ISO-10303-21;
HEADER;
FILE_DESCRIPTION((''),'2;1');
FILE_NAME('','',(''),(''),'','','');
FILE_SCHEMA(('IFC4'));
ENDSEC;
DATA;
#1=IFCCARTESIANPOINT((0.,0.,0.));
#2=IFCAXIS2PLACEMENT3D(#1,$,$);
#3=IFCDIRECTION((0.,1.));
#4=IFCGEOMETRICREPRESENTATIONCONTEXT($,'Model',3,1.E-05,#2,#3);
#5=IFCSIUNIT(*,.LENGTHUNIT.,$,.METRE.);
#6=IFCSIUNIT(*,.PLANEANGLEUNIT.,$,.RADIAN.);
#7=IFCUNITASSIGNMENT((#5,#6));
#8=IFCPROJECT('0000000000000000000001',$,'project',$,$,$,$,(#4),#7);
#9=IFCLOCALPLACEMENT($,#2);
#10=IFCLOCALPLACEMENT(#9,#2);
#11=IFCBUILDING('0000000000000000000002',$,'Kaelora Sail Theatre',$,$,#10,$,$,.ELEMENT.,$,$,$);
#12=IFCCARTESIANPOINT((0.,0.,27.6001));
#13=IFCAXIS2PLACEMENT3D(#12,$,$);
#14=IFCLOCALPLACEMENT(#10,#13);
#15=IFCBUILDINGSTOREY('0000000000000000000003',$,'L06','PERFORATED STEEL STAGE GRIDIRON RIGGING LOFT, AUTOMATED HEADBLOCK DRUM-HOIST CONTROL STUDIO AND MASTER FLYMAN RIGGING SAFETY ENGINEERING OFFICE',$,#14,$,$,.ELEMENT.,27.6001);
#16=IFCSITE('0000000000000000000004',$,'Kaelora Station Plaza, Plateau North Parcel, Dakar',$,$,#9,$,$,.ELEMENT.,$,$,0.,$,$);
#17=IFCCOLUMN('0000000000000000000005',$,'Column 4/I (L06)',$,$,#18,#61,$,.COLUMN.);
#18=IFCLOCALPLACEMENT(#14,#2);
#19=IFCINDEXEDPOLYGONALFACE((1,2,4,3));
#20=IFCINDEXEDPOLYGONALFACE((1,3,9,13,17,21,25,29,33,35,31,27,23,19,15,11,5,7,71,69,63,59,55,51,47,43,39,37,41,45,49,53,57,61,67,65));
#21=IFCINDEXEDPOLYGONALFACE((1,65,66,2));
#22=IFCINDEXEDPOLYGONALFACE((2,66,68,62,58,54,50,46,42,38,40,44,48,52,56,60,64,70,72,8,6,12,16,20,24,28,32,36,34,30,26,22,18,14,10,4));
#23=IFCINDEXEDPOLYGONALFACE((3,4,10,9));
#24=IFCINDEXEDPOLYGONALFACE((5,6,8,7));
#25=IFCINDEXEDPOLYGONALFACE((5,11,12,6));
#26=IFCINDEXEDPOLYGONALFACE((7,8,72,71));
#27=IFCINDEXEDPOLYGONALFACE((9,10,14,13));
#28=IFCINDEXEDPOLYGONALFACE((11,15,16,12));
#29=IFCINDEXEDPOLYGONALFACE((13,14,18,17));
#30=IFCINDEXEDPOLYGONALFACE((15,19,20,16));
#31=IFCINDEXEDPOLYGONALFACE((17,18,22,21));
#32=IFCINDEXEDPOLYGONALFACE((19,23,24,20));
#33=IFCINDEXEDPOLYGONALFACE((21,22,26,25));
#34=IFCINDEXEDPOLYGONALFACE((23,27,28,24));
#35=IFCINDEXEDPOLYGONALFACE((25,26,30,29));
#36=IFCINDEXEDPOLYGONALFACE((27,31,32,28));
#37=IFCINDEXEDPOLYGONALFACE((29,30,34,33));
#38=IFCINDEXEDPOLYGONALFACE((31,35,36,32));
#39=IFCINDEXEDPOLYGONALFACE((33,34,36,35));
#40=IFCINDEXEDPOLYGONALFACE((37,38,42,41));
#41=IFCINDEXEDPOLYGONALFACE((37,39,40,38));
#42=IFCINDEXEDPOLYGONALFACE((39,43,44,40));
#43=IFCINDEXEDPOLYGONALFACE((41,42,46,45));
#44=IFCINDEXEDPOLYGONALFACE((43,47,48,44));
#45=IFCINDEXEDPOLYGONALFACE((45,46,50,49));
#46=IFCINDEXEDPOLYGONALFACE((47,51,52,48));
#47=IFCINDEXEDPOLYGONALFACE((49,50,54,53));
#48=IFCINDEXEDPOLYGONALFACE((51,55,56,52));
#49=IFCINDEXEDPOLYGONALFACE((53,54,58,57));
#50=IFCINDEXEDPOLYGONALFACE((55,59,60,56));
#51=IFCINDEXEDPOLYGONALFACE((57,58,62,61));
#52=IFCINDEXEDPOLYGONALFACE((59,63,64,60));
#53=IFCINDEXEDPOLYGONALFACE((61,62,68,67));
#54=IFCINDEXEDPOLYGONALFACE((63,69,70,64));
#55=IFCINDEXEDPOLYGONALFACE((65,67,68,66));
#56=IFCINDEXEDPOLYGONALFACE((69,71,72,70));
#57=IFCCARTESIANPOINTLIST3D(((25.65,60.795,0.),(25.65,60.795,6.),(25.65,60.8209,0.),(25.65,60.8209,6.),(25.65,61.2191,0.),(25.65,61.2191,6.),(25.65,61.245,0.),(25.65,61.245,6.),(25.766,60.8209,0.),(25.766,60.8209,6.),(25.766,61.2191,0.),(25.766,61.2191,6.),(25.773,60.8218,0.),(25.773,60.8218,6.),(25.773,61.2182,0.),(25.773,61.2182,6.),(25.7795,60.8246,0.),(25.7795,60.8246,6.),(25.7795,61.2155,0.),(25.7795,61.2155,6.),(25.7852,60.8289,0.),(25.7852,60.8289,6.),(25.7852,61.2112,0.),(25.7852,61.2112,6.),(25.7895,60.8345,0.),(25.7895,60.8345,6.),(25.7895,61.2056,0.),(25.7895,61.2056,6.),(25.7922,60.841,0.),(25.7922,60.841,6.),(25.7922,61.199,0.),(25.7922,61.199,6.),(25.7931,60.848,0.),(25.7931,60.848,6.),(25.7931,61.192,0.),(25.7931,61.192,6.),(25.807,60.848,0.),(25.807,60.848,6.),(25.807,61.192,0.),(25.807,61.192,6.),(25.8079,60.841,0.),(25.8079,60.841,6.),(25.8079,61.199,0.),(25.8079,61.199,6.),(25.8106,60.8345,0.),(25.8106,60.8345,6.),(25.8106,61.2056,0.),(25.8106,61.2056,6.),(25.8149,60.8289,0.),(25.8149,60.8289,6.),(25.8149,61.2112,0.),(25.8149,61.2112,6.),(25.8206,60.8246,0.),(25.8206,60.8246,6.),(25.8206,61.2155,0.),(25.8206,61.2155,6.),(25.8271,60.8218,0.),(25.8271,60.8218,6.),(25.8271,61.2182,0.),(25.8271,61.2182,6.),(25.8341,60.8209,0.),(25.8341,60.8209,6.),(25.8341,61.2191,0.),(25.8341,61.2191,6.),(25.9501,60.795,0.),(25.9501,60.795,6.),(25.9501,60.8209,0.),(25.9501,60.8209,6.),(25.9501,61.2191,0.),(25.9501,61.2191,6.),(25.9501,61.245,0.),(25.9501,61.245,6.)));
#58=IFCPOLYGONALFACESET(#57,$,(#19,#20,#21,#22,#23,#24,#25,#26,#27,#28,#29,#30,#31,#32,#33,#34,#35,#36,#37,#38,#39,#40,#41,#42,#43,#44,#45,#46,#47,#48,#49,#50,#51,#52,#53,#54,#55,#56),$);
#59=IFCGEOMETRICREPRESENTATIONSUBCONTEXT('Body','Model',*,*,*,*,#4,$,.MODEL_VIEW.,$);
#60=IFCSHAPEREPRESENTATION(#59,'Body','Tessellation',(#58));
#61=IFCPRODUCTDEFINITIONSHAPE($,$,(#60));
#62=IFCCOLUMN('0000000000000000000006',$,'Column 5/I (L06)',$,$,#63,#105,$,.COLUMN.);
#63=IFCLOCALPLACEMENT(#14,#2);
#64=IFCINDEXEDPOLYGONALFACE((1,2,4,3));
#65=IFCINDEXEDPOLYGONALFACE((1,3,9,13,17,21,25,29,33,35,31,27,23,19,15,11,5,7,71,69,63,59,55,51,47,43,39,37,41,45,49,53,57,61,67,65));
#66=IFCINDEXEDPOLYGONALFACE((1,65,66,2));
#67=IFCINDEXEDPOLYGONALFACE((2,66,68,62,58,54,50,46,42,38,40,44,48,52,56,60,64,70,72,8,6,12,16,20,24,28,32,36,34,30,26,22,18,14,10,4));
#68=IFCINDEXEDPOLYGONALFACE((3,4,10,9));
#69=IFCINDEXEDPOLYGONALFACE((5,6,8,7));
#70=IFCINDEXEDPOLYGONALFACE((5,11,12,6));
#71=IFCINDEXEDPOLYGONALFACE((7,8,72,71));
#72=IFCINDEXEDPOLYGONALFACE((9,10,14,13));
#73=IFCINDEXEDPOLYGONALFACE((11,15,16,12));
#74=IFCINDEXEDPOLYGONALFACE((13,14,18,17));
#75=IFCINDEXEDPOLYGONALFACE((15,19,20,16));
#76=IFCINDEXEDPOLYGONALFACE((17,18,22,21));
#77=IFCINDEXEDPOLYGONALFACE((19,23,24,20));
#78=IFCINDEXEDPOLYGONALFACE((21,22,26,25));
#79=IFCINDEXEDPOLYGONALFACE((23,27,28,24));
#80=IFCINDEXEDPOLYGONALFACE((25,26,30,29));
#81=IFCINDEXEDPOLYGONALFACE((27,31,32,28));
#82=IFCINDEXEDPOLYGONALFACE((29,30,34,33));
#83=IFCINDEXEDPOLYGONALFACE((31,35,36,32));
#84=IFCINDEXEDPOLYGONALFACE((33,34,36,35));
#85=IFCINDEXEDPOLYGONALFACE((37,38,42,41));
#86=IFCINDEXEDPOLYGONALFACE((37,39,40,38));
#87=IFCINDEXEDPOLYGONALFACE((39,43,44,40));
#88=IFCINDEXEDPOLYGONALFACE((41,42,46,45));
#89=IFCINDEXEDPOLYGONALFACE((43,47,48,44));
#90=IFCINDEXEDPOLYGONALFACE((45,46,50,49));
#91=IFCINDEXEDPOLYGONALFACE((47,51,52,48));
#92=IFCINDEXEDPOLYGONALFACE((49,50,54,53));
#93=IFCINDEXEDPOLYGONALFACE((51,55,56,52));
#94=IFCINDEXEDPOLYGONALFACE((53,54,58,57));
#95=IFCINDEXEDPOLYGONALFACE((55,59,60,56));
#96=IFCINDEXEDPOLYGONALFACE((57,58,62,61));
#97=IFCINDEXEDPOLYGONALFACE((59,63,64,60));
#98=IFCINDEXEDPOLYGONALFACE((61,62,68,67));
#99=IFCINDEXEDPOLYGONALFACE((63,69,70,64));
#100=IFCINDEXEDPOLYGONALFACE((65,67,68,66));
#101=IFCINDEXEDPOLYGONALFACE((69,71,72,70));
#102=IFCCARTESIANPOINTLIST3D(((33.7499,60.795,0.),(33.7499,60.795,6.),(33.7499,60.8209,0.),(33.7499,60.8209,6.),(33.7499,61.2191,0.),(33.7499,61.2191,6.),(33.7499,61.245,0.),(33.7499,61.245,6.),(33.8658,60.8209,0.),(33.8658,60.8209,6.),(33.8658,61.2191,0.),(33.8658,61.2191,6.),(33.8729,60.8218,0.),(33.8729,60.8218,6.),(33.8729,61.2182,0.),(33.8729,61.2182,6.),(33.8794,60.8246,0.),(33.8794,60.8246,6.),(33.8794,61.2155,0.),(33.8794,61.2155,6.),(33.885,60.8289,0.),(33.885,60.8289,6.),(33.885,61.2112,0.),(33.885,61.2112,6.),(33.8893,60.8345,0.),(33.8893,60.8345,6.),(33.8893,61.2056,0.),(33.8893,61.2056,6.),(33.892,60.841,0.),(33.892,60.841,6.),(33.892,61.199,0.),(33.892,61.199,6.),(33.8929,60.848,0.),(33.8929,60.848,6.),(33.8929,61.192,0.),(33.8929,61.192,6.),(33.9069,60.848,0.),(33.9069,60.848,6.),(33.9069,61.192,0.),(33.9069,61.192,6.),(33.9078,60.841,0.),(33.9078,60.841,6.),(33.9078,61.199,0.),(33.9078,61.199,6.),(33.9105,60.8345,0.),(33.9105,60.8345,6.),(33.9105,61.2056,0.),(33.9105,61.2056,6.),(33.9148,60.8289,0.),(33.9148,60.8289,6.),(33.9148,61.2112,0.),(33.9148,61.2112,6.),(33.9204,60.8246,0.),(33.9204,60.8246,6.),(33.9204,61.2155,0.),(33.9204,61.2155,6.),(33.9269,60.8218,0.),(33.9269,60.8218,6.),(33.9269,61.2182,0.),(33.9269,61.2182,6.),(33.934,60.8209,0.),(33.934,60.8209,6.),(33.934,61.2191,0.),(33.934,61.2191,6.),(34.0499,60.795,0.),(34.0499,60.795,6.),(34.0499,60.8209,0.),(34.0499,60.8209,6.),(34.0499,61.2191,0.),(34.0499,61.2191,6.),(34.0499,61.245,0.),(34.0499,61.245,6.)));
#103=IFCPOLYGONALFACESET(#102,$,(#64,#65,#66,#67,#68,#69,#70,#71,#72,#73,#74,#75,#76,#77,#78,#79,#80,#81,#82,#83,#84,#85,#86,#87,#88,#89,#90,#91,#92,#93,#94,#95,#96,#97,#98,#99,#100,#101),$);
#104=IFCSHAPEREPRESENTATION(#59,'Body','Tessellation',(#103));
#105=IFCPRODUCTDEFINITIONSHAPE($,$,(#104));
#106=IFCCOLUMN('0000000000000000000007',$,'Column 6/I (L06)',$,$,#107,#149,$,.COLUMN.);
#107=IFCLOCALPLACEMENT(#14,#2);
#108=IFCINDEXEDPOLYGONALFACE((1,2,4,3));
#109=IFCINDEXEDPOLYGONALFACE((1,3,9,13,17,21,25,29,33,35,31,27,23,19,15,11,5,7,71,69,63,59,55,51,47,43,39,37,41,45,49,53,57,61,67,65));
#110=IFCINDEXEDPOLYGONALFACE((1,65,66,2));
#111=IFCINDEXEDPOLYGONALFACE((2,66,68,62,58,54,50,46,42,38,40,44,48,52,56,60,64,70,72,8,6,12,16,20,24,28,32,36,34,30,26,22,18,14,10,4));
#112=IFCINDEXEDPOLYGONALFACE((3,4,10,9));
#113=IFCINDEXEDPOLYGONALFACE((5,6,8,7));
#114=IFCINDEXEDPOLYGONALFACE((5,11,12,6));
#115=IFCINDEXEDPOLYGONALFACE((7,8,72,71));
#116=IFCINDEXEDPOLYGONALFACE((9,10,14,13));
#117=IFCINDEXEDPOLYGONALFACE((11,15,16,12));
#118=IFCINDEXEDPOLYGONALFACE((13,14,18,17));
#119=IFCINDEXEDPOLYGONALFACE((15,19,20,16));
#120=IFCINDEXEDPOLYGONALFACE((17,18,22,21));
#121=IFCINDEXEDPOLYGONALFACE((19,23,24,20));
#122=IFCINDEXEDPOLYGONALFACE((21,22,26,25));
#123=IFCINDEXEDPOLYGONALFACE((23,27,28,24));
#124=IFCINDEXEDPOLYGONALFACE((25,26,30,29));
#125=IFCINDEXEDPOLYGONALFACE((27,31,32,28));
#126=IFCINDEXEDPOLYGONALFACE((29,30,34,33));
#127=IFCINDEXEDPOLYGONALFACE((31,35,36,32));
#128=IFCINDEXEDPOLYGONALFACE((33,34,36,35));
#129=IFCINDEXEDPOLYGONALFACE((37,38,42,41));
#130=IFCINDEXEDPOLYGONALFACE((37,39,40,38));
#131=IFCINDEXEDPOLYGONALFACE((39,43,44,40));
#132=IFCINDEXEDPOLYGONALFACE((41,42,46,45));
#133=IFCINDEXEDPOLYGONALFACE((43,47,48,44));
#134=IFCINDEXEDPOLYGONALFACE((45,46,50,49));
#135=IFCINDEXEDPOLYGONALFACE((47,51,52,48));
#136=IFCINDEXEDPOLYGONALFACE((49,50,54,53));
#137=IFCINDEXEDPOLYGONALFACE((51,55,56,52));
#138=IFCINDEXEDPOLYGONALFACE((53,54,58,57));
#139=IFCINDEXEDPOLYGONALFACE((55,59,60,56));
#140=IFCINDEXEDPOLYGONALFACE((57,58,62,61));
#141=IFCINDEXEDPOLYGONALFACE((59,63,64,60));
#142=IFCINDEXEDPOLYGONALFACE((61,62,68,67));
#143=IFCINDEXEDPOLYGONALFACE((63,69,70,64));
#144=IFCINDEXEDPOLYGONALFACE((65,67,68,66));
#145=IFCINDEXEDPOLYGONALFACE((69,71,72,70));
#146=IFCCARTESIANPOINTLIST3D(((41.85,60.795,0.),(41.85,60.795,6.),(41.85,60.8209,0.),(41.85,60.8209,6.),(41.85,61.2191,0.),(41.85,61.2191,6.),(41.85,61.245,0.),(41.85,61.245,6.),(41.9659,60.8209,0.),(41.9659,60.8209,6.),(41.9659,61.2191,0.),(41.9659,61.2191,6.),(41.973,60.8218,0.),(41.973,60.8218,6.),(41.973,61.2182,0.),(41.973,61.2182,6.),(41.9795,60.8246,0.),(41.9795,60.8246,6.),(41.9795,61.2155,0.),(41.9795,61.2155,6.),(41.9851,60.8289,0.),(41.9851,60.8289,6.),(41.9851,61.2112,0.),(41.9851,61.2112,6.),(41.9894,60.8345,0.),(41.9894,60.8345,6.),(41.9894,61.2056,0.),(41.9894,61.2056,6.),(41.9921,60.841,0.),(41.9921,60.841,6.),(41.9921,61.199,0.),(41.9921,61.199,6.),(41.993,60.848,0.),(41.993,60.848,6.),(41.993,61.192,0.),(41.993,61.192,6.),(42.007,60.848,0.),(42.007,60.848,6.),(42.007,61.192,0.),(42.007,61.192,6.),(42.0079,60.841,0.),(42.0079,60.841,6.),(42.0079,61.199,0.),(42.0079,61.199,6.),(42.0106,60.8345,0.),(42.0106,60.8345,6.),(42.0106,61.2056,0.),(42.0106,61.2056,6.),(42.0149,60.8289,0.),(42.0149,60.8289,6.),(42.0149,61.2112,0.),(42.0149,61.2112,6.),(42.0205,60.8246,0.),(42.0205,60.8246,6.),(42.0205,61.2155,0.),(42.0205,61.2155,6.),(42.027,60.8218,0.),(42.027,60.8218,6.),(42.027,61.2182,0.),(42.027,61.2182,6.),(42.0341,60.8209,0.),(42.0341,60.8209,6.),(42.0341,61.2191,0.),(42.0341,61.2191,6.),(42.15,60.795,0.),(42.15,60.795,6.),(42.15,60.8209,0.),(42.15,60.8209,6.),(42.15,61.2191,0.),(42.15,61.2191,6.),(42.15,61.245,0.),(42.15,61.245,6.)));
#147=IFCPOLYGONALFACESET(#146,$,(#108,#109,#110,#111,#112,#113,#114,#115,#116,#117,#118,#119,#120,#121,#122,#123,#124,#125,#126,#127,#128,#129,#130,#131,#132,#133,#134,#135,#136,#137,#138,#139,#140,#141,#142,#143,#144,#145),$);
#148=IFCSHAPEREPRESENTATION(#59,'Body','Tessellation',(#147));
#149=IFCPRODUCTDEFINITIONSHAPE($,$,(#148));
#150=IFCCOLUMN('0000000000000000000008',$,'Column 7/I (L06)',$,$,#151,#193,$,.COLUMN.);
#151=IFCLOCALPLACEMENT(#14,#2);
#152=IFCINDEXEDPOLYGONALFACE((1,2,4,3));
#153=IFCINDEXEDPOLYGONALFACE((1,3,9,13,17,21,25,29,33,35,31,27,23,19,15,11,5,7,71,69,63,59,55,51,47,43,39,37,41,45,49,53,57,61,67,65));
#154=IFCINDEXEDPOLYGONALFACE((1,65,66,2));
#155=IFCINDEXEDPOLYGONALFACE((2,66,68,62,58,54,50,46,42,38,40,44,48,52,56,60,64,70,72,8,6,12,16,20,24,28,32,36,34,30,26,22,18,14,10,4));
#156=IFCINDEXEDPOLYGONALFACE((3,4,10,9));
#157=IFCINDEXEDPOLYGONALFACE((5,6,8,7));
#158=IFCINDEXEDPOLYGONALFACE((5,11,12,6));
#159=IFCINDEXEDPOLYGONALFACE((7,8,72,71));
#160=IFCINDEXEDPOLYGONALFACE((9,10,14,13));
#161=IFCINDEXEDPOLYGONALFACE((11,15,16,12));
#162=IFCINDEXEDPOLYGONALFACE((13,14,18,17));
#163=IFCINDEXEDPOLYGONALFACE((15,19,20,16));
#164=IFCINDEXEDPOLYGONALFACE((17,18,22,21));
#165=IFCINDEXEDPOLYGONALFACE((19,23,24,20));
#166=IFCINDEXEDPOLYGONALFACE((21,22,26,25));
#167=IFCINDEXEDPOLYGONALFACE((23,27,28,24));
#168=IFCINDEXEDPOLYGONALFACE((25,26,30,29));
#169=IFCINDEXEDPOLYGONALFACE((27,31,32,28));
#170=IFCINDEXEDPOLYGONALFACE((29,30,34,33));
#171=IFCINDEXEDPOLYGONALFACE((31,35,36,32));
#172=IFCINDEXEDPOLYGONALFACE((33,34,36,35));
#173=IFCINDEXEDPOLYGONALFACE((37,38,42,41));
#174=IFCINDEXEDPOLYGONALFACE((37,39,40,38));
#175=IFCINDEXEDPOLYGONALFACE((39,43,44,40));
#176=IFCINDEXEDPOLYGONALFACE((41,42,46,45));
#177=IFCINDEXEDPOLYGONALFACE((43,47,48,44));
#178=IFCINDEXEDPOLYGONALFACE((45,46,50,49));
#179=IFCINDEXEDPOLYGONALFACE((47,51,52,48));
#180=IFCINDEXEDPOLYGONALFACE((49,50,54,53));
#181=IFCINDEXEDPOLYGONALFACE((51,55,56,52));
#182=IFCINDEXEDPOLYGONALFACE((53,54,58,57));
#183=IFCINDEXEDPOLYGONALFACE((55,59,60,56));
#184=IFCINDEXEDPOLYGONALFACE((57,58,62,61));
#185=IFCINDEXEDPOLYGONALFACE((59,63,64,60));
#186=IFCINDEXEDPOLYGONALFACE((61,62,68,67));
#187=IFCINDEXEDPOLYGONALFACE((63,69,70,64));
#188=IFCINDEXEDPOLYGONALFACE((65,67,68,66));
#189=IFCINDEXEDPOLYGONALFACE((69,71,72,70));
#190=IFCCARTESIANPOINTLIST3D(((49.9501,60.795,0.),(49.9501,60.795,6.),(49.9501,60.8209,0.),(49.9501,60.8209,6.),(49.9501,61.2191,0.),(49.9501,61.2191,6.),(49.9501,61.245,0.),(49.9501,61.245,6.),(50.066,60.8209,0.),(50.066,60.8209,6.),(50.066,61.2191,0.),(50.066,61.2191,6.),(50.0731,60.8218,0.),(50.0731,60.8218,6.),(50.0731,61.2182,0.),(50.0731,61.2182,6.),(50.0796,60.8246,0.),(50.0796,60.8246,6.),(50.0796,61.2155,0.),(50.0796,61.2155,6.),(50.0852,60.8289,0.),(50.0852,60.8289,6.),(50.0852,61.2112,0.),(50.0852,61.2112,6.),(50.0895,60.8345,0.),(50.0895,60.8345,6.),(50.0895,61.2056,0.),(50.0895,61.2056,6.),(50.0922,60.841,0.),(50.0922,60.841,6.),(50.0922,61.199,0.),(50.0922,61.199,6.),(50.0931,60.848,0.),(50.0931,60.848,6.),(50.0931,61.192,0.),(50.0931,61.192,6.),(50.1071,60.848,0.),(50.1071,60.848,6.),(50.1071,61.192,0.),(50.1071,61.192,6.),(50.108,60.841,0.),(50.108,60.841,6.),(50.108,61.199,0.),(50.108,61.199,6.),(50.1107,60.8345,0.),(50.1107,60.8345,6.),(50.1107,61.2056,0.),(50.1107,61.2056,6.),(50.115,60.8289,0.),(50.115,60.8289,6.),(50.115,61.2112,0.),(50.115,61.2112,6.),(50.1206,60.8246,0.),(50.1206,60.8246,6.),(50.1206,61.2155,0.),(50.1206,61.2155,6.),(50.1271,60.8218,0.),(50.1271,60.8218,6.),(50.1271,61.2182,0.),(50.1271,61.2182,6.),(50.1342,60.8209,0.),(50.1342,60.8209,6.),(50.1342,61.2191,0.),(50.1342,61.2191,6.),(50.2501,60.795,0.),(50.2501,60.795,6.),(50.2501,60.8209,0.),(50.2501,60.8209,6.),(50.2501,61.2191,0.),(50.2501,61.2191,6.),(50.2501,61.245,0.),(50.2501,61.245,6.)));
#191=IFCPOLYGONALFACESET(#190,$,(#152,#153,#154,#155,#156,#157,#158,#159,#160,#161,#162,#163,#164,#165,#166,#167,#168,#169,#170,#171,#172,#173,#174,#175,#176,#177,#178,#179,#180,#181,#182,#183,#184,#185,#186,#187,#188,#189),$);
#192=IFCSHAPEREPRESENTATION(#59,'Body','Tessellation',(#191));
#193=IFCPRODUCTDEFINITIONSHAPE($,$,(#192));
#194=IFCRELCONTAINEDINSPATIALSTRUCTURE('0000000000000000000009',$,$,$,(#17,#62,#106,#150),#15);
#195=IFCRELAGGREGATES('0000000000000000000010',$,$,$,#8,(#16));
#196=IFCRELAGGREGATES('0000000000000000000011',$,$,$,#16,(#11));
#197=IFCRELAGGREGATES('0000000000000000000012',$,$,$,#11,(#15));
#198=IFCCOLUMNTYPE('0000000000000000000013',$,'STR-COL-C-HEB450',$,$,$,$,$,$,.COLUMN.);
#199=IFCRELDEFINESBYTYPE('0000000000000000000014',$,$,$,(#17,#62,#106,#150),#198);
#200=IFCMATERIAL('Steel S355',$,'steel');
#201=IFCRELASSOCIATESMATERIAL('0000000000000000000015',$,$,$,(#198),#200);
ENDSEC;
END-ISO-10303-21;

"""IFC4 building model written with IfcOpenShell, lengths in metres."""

from ifc_helpers import new_model, si_unit, direction, frame, origin, origin_2d, place, context, subcontext, project, spatial, i_section, extrude, material, material_profile, profile_set, type_object, element, save


model = new_model("IFC4")

# Units and contexts
model_context = context("Model", 3, precision=1e-05, world=origin(), true_north=direction((0.0, 1.0)))
body_context = subcontext(model_context, "Body", "Model", "MODEL_VIEW")
ifc_project = project(units=[si_unit("LENGTHUNIT", "METRE"), si_unit("PLANEANGLEUNIT", "RADIAN")], contexts=[model_context])

# Site, building, storey
site_placement = place(None, origin())
site = spatial("IfcSite", under=ifc_project, at=site_placement, Name="Kaelora Station Plaza, Plateau North Parcel, Dakar", CompositionType="ELEMENT", RefElevation=0.0)
building_placement = place(site_placement, origin())
building = spatial("IfcBuilding", under=site, at=building_placement, Name="Kaelora Sail Theatre", CompositionType="ELEMENT")
storey_placement = place(building_placement, frame((0.0, 0.0, 27.6001)))
storey = spatial("IfcBuildingStorey", under=building, at=storey_placement, Name="L06", Description="PERFORATED STEEL STAGE GRIDIRON RIGGING LOFT, AUTOMATED HEADBLOCK DRUM-HOIST CONTROL STUDIO AND MASTER FLYMAN RIGGING SAFETY ENGINEERING OFFICE", CompositionType="ELEMENT", Elevation=27.6001)

# Columns
ifc_material_1 = material(Name="Steel S355", Category="steel")
ifc_material_profile_1 = material_profile(ifc_material_1, i_section(OverallWidth=0.3, OverallDepth=0.45, WebThickness=0.0139, FlangeThickness=0.0259, FilletRadius=0.0271, at=origin_2d()), Name="HEB 450")
ifc_profile_set_1 = profile_set([ifc_material_profile_1], Name="Steel S355")
column_type = type_object("IfcColumnType", Name="STR-COL-C-HEB450", PredefinedType="COLUMN", material=ifc_profile_set_1)
for number, where, z_axis, x_axis, name in (
    (1, (25.8, 61.02, 0.0), (0.0, 0.0, 1.0), (1.0, 0.0, 0.0), "Column 4/I (L06)"),
    (2, (33.8999, 61.02, 0.0), (0.0, 0.0, 1.0), (1.0, 0.0, 0.0), "Column 5/I (L06)"),
    (3, (42.0, 61.02, 0.0), (0.0, 0.0, 1.0), (1.0, 0.0, 0.0), "Column 6/I (L06)"),
    (4, (50.1001, 61.02, 0.0), (0.0, 0.0, 1.0), (1.0, 0.0, 0.0), "Column 7/I (L06)"),
):
    element("IfcColumn", number, at=place(storey_placement, frame(where, z_axis=z_axis, x_axis=x_axis)), inside=storey, type_object=column_type, Name=name, PredefinedType="COLUMN", context=body_context, shape_type="SweptSolid", body=[
        extrude(i_section(OverallWidth=0.3, OverallDepth=0.45, WebThickness=0.0139, FlangeThickness=0.0259, FilletRadius=0.0271, at=origin_2d()), origin(), (0.0, 0.0, 1.0), 6.0),
    ])

save(model, "model.ifc")
